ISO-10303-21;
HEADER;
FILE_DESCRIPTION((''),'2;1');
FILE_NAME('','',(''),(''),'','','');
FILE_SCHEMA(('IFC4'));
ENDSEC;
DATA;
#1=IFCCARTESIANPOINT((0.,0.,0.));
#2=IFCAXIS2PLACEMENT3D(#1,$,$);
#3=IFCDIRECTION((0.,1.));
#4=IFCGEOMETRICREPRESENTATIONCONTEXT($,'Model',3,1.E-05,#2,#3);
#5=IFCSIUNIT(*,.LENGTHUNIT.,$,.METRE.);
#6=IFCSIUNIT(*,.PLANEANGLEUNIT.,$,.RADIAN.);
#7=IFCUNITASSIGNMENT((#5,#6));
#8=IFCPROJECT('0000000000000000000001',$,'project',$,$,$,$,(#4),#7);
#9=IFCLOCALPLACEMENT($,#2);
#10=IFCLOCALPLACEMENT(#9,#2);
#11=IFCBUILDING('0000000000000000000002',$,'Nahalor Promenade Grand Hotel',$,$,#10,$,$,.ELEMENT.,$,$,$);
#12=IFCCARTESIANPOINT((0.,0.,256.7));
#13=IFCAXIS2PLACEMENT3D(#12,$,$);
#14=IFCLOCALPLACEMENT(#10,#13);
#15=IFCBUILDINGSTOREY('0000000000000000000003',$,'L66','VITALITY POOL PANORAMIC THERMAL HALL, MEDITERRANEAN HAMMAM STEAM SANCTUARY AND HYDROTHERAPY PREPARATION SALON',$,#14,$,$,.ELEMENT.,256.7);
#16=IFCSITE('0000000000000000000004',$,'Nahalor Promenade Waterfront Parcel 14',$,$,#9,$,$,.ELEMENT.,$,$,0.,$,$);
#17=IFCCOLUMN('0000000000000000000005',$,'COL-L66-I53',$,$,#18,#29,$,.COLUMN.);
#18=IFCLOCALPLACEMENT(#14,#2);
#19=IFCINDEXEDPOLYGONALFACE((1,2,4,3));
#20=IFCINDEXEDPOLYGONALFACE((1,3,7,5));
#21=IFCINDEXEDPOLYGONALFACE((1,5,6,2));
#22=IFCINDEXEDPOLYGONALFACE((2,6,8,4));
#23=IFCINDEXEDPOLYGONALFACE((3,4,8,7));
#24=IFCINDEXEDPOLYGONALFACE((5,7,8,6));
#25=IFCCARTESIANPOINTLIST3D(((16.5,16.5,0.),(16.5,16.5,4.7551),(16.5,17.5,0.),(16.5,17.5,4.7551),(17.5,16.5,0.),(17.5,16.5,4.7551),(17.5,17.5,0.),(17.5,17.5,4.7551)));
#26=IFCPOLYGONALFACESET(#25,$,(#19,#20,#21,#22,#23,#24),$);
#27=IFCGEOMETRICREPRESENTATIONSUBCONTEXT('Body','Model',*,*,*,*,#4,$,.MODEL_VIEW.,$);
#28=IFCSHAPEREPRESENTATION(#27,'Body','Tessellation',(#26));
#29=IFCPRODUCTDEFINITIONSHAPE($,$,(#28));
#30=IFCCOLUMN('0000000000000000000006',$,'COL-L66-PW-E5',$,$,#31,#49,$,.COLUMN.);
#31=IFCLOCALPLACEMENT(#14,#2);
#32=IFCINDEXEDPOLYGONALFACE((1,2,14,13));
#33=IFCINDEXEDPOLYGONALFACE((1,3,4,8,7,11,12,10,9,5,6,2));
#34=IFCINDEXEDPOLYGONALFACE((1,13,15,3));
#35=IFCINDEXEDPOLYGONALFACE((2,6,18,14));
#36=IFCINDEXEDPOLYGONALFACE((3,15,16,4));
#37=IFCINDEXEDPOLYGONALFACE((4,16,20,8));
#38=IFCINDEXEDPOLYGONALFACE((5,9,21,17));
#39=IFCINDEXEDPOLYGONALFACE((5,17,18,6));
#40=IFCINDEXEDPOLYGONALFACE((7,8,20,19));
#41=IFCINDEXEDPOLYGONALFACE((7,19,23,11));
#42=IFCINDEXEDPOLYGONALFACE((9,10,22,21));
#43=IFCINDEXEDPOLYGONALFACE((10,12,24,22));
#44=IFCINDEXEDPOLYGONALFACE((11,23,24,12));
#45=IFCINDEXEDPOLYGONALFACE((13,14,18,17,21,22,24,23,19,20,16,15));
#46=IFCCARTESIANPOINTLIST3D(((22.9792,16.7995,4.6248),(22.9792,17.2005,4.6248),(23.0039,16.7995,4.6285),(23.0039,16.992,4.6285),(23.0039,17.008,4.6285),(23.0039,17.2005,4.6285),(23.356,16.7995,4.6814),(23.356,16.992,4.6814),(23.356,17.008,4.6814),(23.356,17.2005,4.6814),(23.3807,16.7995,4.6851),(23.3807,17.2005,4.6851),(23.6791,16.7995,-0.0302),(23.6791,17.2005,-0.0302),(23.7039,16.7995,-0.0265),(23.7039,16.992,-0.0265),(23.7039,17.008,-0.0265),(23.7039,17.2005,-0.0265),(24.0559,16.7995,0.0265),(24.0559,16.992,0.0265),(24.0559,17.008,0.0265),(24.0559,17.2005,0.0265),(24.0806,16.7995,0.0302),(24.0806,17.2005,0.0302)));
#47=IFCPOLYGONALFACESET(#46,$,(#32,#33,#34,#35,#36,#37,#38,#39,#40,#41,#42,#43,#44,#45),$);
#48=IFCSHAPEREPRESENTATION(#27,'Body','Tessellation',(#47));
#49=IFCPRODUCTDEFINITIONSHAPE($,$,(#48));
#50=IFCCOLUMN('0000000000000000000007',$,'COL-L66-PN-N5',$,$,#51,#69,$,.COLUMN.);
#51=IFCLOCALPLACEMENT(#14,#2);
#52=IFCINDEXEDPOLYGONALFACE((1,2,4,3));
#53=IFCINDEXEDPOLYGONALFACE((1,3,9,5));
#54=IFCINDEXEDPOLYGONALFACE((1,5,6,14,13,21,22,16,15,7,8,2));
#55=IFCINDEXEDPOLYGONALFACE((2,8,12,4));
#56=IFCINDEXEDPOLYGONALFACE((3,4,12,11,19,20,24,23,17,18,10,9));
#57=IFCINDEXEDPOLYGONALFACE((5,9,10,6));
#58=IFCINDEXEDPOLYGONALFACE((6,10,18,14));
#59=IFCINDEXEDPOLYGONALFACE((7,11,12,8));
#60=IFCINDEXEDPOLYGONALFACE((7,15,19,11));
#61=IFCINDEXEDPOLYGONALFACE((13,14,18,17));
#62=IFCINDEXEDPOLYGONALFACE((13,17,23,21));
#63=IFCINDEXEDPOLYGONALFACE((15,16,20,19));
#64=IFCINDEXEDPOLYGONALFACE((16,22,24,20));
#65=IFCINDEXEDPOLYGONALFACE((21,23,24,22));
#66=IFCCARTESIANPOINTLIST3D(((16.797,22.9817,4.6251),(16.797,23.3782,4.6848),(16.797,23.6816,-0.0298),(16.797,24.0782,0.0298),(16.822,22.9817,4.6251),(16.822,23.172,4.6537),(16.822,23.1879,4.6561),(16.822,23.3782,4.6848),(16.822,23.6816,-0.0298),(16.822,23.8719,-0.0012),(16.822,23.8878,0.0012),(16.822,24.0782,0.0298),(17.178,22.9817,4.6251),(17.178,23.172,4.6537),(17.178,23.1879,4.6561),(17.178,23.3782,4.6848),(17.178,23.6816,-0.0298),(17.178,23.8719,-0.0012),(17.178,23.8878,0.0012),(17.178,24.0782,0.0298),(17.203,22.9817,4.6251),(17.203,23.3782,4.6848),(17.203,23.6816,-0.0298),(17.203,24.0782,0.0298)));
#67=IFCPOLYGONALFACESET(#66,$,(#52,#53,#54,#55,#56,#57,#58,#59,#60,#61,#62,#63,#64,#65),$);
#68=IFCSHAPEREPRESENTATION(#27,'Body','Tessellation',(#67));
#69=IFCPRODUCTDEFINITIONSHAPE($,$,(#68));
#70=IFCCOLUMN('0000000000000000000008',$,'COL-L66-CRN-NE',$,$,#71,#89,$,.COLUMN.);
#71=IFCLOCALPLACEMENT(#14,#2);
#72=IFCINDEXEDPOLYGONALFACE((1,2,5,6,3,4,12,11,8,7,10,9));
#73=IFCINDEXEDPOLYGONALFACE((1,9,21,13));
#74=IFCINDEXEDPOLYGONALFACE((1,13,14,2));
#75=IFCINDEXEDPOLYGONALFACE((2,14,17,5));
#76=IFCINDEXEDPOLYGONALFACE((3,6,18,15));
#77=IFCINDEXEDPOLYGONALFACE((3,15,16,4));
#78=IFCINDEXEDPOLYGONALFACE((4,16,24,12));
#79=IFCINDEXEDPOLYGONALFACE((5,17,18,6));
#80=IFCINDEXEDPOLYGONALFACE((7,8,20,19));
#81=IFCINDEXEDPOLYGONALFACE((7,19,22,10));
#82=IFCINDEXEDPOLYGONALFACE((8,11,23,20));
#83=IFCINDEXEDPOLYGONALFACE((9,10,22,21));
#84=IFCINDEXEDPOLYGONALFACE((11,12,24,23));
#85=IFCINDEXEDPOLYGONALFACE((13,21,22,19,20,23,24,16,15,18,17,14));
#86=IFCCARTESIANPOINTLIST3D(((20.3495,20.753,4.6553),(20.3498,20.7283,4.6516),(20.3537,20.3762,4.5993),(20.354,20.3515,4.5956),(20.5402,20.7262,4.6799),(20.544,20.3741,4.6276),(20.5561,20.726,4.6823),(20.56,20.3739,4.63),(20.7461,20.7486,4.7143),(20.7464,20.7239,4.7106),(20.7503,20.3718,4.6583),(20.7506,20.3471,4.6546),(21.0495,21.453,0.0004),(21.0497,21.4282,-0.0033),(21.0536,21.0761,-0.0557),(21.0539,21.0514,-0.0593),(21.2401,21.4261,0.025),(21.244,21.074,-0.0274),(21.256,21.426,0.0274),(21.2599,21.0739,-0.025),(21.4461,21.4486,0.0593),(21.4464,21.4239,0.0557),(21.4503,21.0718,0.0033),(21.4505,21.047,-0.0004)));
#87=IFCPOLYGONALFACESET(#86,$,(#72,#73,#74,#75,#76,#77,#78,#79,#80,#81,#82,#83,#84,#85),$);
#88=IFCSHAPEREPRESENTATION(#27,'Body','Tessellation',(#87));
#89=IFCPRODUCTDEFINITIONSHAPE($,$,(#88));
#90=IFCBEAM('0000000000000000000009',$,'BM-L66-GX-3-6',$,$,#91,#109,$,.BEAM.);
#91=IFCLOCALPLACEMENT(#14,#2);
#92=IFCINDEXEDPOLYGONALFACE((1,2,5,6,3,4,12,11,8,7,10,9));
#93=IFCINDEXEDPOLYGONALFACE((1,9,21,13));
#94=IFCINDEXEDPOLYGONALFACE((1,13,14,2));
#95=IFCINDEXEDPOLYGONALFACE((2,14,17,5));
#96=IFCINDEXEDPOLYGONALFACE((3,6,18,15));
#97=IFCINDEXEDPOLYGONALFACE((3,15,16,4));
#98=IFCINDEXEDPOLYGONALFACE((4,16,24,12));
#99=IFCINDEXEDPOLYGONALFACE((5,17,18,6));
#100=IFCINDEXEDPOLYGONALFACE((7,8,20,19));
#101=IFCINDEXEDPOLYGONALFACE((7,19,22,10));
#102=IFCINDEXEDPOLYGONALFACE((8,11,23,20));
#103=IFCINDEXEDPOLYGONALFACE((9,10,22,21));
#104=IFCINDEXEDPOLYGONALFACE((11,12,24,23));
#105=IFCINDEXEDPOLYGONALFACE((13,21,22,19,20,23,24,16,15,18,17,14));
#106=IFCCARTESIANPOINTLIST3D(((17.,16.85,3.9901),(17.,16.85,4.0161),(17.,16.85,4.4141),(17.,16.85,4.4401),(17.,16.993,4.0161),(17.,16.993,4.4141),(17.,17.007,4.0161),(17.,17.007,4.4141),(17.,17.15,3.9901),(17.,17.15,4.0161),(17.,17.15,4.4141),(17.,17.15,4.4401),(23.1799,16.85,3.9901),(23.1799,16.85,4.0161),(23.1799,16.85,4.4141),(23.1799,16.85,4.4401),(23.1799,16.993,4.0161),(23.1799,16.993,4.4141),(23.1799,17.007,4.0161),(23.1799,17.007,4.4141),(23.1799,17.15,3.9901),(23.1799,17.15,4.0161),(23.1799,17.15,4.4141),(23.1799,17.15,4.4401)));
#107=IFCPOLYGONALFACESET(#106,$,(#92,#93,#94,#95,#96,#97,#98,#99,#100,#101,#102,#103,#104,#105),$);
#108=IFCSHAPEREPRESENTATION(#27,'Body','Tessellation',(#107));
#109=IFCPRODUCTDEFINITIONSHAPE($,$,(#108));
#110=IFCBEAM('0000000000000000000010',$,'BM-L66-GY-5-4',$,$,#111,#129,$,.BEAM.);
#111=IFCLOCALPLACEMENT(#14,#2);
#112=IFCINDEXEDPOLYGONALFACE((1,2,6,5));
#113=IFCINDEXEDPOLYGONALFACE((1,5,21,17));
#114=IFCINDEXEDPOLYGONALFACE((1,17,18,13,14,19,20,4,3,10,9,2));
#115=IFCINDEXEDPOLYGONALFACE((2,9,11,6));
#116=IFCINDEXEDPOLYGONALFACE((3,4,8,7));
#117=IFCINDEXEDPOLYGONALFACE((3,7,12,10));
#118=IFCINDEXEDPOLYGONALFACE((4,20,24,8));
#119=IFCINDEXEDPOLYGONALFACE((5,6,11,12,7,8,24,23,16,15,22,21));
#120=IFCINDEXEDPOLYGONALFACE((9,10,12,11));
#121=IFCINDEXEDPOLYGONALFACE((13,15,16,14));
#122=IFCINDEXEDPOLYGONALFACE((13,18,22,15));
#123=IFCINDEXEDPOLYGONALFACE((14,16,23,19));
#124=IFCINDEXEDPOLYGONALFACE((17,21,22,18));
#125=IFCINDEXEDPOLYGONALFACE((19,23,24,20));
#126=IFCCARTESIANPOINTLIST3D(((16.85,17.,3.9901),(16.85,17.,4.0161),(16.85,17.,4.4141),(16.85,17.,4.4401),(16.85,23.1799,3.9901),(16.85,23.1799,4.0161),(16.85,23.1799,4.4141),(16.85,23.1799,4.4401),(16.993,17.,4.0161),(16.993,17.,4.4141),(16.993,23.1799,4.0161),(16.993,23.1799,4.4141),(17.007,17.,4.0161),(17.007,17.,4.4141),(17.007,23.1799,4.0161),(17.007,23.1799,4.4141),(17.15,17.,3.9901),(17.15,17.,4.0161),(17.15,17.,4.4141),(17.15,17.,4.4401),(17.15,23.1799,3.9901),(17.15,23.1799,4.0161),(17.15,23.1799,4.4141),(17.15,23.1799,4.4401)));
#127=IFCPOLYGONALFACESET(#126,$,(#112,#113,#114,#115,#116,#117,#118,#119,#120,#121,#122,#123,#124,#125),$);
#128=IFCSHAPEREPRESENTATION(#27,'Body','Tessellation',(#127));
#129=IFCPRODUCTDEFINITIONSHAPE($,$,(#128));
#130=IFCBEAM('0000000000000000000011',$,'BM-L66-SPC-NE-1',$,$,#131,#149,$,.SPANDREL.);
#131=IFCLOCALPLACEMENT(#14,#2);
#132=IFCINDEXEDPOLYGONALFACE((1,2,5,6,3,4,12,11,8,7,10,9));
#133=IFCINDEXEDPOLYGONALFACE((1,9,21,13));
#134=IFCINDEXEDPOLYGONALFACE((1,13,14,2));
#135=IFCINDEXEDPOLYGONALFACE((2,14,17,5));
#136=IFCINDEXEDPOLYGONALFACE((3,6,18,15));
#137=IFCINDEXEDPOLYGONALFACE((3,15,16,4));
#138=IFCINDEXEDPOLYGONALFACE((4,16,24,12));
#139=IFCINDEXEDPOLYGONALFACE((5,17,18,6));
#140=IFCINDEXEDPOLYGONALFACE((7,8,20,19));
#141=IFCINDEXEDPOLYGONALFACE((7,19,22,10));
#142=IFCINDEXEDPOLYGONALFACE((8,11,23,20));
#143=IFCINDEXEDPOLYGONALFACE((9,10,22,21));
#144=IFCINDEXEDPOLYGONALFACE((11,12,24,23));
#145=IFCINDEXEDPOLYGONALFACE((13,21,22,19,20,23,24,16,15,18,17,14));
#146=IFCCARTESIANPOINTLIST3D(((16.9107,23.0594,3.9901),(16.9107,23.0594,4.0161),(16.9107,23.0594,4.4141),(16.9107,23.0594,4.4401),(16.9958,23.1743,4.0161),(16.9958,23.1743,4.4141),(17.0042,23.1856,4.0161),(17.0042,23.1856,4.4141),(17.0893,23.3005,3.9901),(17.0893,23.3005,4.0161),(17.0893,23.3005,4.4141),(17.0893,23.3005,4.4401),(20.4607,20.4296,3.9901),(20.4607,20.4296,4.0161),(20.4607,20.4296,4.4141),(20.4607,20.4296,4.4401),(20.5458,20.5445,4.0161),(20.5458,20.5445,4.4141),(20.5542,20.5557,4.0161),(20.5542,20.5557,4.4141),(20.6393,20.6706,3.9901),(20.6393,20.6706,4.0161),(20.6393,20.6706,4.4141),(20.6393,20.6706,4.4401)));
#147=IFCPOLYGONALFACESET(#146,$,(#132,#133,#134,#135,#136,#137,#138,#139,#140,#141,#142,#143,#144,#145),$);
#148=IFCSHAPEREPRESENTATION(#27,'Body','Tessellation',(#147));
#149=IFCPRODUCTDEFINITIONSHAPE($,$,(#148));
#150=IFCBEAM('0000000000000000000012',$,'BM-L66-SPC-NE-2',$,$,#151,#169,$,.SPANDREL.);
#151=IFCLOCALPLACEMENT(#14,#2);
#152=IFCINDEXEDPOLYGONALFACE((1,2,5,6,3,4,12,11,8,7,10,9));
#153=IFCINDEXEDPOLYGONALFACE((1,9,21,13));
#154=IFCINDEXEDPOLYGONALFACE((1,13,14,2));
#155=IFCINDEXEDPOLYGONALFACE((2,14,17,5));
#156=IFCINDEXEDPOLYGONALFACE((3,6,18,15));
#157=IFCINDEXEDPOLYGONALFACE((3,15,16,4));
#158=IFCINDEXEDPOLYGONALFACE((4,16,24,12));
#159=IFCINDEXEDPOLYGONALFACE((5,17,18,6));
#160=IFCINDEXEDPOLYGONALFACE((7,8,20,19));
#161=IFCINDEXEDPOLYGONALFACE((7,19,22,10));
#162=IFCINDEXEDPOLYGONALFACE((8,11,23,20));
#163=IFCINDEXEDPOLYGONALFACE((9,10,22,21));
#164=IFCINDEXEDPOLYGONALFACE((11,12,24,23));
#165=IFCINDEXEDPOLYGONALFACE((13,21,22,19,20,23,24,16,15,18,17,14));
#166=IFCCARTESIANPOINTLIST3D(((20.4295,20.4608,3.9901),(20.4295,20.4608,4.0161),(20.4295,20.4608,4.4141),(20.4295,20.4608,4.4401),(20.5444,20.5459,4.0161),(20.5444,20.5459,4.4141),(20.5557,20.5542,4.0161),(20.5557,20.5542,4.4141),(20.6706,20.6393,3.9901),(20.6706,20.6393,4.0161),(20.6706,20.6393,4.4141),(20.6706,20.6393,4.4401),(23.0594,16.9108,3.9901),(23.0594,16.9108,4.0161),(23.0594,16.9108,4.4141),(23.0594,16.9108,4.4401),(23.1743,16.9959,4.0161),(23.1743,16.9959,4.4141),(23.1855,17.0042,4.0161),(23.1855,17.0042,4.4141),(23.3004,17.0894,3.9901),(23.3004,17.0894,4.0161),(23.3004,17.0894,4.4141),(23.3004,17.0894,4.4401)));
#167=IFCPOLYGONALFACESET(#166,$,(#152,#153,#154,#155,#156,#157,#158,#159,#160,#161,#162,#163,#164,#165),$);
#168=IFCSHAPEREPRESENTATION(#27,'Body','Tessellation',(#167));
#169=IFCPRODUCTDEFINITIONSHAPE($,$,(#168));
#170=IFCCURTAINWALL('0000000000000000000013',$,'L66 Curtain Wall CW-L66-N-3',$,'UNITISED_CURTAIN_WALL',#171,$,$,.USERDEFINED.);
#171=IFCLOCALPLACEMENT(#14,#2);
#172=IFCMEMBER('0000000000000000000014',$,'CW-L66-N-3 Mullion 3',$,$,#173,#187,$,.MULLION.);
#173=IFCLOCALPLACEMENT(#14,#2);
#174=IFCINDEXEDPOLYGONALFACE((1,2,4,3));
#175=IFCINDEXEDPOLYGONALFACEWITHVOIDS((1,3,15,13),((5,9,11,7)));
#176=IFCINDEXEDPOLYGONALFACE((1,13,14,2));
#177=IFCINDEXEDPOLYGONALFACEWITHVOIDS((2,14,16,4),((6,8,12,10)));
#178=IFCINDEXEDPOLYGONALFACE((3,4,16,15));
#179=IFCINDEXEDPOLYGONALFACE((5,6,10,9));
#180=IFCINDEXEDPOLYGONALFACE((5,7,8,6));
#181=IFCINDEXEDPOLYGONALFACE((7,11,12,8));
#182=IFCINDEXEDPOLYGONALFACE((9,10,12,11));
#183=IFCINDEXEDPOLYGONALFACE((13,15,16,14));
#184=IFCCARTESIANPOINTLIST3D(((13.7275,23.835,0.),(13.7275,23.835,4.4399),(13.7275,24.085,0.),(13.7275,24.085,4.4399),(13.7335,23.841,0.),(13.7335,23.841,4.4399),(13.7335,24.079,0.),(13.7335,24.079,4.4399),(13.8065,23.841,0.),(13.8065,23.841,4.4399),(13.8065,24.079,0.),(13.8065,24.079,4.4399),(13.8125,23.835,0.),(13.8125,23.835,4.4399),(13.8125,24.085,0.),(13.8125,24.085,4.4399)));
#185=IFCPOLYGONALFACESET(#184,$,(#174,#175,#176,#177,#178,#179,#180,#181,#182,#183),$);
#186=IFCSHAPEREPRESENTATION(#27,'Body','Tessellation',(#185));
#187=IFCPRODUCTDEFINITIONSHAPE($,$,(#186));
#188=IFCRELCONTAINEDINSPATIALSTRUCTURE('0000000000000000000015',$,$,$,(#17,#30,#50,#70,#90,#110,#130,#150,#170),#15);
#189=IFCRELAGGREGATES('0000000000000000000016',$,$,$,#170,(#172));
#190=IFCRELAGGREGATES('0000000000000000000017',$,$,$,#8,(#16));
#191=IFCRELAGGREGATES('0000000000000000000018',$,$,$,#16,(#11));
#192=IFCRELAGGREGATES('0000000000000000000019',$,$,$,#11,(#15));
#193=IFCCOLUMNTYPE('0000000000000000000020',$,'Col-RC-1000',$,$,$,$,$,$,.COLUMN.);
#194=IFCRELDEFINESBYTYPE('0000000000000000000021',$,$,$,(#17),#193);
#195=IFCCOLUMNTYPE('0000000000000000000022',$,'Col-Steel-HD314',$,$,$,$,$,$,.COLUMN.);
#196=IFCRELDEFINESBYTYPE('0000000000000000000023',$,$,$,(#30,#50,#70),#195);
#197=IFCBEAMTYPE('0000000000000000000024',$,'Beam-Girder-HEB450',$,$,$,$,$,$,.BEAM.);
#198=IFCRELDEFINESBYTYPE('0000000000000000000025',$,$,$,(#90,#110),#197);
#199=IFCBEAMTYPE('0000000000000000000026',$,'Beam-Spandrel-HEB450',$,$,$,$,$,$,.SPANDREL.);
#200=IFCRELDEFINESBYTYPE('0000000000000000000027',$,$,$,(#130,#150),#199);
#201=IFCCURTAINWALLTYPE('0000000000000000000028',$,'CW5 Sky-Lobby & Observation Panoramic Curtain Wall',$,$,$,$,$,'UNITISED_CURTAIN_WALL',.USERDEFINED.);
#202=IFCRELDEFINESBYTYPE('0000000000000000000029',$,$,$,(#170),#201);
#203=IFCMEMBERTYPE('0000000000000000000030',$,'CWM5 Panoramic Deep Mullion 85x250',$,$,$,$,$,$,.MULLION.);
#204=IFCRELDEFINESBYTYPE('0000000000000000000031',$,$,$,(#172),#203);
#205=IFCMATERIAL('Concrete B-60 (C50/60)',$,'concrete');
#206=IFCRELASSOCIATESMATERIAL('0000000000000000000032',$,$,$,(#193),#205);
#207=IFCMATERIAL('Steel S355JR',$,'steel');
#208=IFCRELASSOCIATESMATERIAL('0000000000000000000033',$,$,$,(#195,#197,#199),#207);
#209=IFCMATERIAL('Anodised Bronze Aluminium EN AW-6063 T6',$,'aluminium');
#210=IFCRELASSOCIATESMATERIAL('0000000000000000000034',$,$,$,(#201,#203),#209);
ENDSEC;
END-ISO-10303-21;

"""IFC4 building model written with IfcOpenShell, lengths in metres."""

from ifc_helpers import new_model, si_unit, direction, frame, origin, origin_2d, place, context, subcontext, project, spatial, rectangle, hollow_rectangle, i_section, extrude, source, transform, mapped, material, material_profile, profile_set, type_object, element, aggregate, save


model = new_model("IFC4")

# Units and contexts
model_context = context("Model", 3, precision=1e-05, world=origin(), true_north=direction((0.0, 1.0)))
body_context = subcontext(model_context, "Body", "Model", "MODEL_VIEW")
ifc_project = project(units=[si_unit("LENGTHUNIT", "METRE"), si_unit("PLANEANGLEUNIT", "RADIAN")], contexts=[model_context])

# Site, building, storey
site_placement = place(None, origin())
site = spatial("IfcSite", under=ifc_project, at=site_placement, Name="Nahalor Promenade Waterfront Parcel 14", CompositionType="ELEMENT", RefElevation=0.0)
building_placement = place(site_placement, origin())
building = spatial("IfcBuilding", under=site, at=building_placement, Name="Nahalor Promenade Grand Hotel", CompositionType="ELEMENT")
storey_placement = place(building_placement, frame((0.0, 0.0, 256.7)))
storey = spatial("IfcBuildingStorey", under=building, at=storey_placement, Name="L66", Description="VITALITY POOL PANORAMIC THERMAL HALL, MEDITERRANEAN HAMMAM STEAM SANCTUARY AND HYDROTHERAPY PREPARATION SALON", CompositionType="ELEMENT", Elevation=256.7)

# Columns
ifc_material_1 = material(Name="Concrete B-60 (C50/60)", Category="concrete")
ifc_material_profile_1 = material_profile(ifc_material_1, rectangle(XDim=1.0, YDim=1.0, at=origin_2d()), Name="RC 1000x1000")
ifc_profile_set_1 = profile_set([ifc_material_profile_1], Name="Concrete B-60 (C50/60)")
column_type_1 = type_object("IfcColumnType", Name="Col-RC-1000", PredefinedType="COLUMN", material=ifc_profile_set_1)
shared_shape_1 = source(origin(), body_context, "Body", "SweptSolid", [
    extrude(rectangle(XDim=1.0, YDim=1.0, at=origin_2d()), origin(), (0.0, 0.0, 1.0), 4.7551),
])
column_1_placement = place(storey_placement, frame((17.0, 17.0, 0.0), z_axis=(0.0, 0.0, 1.0), x_axis=(1.0, 0.0, 0.0)))
element("IfcColumn", 1, at=column_1_placement, inside=storey, type_object=column_type_1, Name="COL-L66-I53", PredefinedType="COLUMN", context=body_context, shape_type="MappedRepresentation", body=[
    mapped(shared_shape_1, transform((0.0, 0.0, 0.0), scale=1.0)),
])
ifc_material_2 = material(Name="Steel S355JR", Category="steel")
ifc_material_profile_2 = material_profile(ifc_material_2, i_section(OverallWidth=0.401, OverallDepth=0.406, WebThickness=0.0161, FlangeThickness=0.025, at=origin_2d()), Name="HD 400x314")
ifc_profile_set_2 = profile_set([ifc_material_profile_2], Name="Steel S355JR")
column_type_2 = type_object("IfcColumnType", Name="Col-Steel-HD314", PredefinedType="COLUMN", material=ifc_profile_set_2)
shared_shape_2 = source(origin(), body_context, "Body", "SweptSolid", [
    extrude(i_section(OverallWidth=0.401, OverallDepth=0.406, WebThickness=0.0161, FlangeThickness=0.025, at=origin_2d()), origin(), (0.0, 0.0, 1.0), 4.7073),
])
for number, where, z_axis, x_axis, name in (
    (2, (23.8799, 17.0, 0.0), (-0.148693, 0.0, 0.988883), (0.0, -1.0, 0.0), "COL-L66-PW-E5"),
    (3, (17.0, 23.8799, 0.0), (0.0, -0.148693, 0.988883), (0.0, 0.988883, 0.148693), "COL-L66-PN-N5"),
):
    element("IfcColumn", number, at=place(storey_placement, frame(where, z_axis=z_axis, x_axis=x_axis)), inside=storey, type_object=column_type_2, Name=name, PredefinedType="COLUMN", context=body_context, shape_type="MappedRepresentation", body=[
        mapped(shared_shape_2, transform((0.0, 0.0, 0.0), scale=1.0)),
    ])
shared_shape_3 = source(origin(), body_context, "Body", "SweptSolid", [
    extrude(i_section(OverallWidth=0.401, OverallDepth=0.406, WebThickness=0.0161, FlangeThickness=0.025, at=origin_2d()), origin(), (0.0, 0.0, 1.0), 4.759),
])
column_2_placement = place(storey_placement, frame((21.25, 21.25, 0.0), z_axis=(-0.147076, -0.147076, 0.97813), x_axis=(0.989065, -0.010935, 0.147076)))
element("IfcColumn", 4, at=column_2_placement, inside=storey, type_object=column_type_2, Name="COL-L66-CRN-NE", PredefinedType="COLUMN", context=body_context, shape_type="MappedRepresentation", body=[
    mapped(shared_shape_3, transform((0.0, 0.0, 0.0), scale=1.0)),
])

# Beams
ifc_material_profile_3 = material_profile(ifc_material_2, i_section(OverallWidth=0.3, OverallDepth=0.45, WebThickness=0.014, FlangeThickness=0.026, at=origin_2d()), Name="HEB 450")
ifc_profile_set_3 = profile_set([ifc_material_profile_3], Name="Steel S355JR")
beam_type_1 = type_object("IfcBeamType", Name="Beam-Girder-HEB450", PredefinedType="BEAM", material=ifc_profile_set_3)
shared_shape_4 = source(origin(), body_context, "Body", "SweptSolid", [
    extrude(i_section(OverallWidth=0.3, OverallDepth=0.45, WebThickness=0.014, FlangeThickness=0.026, at=origin_2d()), origin(), (0.0, 0.0, 1.0), 6.1799),
])
for number, where, z_axis, x_axis, name in (
    (5, (17.0, 17.0, 4.2151), (1.0, 0.0, 0.0), (0.0, 1.0, 0.0), "BM-L66-GX-3-6"),
    (6, (17.0, 17.0, 4.2151), (0.0, 1.0, 0.0), (-1.0, 0.0, 0.0), "BM-L66-GY-5-4"),
):
    element("IfcBeam", number, at=place(storey_placement, frame(where, z_axis=z_axis, x_axis=x_axis)), inside=storey, type_object=beam_type_1, Name=name, PredefinedType="BEAM", context=body_context, shape_type="MappedRepresentation", body=[
        mapped(shared_shape_4, transform((0.0, 0.0, 0.0), scale=1.0)),
    ])
ifc_material_profile_4 = material_profile(ifc_material_2, i_section(OverallWidth=0.3, OverallDepth=0.45, WebThickness=0.014, FlangeThickness=0.026, at=origin_2d()), Name="HEB 450")
ifc_profile_set_4 = profile_set([ifc_material_profile_4], Name="Steel S355JR")
beam_type_2 = type_object("IfcBeamType", Name="Beam-Spandrel-HEB450", PredefinedType="SPANDREL", material=ifc_profile_set_4)
shared_shape_5 = source(origin(), body_context, "Body", "SweptSolid", [
    extrude(i_section(OverallWidth=0.3, OverallDepth=0.45, WebThickness=0.014, FlangeThickness=0.026, at=origin_2d()), origin(), (0.0, 0.0, 1.0), 4.418),
])
for number, where, z_axis, x_axis, name in (
    (7, (17.0, 23.1799, 4.2151), (0.803534, -0.595259, 0.0), (0.595259, 0.803534, 0.0), "BM-L66-SPC-NE-1"),
    (8, (20.55, 20.55, 4.2151), (0.595259, -0.803534, 0.0), (0.803534, 0.595259, 0.0), "BM-L66-SPC-NE-2"),
):
    element("IfcBeam", number, at=place(storey_placement, frame(where, z_axis=z_axis, x_axis=x_axis)), inside=storey, type_object=beam_type_2, Name=name, PredefinedType="SPANDREL", context=body_context, shape_type="MappedRepresentation", body=[
        mapped(shared_shape_5, transform((0.0, 0.0, 0.0), scale=1.0)),
    ])

# Curtain wall, member
ifc_material_3 = material(Name="Anodised Bronze Aluminium EN AW-6063 T6", Category="aluminium")
curtain_wall_type = type_object("IfcCurtainWallType", Name="CW5 Sky-Lobby & Observation Panoramic Curtain Wall", ElementType="UNITISED_CURTAIN_WALL", PredefinedType="USERDEFINED", material=ifc_material_3)
curtain_wall_1_placement = place(storey_placement, origin())
curtain_wall_1 = element("IfcCurtainWall", 9, at=curtain_wall_1_placement, inside=storey, type_object=curtain_wall_type, Name="L66 Curtain Wall CW-L66-N-3", ObjectType="UNITISED_CURTAIN_WALL", PredefinedType="USERDEFINED")
ifc_material_profile_5 = material_profile(ifc_material_3, hollow_rectangle(XDim=0.085, YDim=0.25, WallThickness=0.006, at=origin_2d()), Name="CWM 85x250x6")
ifc_profile_set_5 = profile_set([ifc_material_profile_5], Name="Anodised Bronze Aluminium EN AW-6063 T6")
member_type_1 = type_object("IfcMemberType", Name="CWM5 Panoramic Deep Mullion 85x250", PredefinedType="MULLION", material=ifc_profile_set_5)
shared_shape_6 = source(origin(), body_context, "Body", "SweptSolid", [
    extrude(hollow_rectangle(XDim=0.085, YDim=0.25, WallThickness=0.006, at=origin_2d()), origin(), (0.0, 0.0, 1.0), 4.4399),
])
member_1_placement = place(storey_placement, frame((13.77, 23.96, 0.0), z_axis=(0.0, 0.0, 1.0), x_axis=(1.0, 0.0, 0.0)))
member_1 = element("IfcMember", 10, at=member_1_placement, type_object=member_type_1, Name="CW-L66-N-3 Mullion 3", PredefinedType="MULLION", context=body_context, shape_type="MappedRepresentation", body=[
    mapped(shared_shape_6, transform((0.0, 0.0, 0.0), scale=1.0)),
])

aggregate(curtain_wall_1, [member_1])

save(model, "model.ifc")
